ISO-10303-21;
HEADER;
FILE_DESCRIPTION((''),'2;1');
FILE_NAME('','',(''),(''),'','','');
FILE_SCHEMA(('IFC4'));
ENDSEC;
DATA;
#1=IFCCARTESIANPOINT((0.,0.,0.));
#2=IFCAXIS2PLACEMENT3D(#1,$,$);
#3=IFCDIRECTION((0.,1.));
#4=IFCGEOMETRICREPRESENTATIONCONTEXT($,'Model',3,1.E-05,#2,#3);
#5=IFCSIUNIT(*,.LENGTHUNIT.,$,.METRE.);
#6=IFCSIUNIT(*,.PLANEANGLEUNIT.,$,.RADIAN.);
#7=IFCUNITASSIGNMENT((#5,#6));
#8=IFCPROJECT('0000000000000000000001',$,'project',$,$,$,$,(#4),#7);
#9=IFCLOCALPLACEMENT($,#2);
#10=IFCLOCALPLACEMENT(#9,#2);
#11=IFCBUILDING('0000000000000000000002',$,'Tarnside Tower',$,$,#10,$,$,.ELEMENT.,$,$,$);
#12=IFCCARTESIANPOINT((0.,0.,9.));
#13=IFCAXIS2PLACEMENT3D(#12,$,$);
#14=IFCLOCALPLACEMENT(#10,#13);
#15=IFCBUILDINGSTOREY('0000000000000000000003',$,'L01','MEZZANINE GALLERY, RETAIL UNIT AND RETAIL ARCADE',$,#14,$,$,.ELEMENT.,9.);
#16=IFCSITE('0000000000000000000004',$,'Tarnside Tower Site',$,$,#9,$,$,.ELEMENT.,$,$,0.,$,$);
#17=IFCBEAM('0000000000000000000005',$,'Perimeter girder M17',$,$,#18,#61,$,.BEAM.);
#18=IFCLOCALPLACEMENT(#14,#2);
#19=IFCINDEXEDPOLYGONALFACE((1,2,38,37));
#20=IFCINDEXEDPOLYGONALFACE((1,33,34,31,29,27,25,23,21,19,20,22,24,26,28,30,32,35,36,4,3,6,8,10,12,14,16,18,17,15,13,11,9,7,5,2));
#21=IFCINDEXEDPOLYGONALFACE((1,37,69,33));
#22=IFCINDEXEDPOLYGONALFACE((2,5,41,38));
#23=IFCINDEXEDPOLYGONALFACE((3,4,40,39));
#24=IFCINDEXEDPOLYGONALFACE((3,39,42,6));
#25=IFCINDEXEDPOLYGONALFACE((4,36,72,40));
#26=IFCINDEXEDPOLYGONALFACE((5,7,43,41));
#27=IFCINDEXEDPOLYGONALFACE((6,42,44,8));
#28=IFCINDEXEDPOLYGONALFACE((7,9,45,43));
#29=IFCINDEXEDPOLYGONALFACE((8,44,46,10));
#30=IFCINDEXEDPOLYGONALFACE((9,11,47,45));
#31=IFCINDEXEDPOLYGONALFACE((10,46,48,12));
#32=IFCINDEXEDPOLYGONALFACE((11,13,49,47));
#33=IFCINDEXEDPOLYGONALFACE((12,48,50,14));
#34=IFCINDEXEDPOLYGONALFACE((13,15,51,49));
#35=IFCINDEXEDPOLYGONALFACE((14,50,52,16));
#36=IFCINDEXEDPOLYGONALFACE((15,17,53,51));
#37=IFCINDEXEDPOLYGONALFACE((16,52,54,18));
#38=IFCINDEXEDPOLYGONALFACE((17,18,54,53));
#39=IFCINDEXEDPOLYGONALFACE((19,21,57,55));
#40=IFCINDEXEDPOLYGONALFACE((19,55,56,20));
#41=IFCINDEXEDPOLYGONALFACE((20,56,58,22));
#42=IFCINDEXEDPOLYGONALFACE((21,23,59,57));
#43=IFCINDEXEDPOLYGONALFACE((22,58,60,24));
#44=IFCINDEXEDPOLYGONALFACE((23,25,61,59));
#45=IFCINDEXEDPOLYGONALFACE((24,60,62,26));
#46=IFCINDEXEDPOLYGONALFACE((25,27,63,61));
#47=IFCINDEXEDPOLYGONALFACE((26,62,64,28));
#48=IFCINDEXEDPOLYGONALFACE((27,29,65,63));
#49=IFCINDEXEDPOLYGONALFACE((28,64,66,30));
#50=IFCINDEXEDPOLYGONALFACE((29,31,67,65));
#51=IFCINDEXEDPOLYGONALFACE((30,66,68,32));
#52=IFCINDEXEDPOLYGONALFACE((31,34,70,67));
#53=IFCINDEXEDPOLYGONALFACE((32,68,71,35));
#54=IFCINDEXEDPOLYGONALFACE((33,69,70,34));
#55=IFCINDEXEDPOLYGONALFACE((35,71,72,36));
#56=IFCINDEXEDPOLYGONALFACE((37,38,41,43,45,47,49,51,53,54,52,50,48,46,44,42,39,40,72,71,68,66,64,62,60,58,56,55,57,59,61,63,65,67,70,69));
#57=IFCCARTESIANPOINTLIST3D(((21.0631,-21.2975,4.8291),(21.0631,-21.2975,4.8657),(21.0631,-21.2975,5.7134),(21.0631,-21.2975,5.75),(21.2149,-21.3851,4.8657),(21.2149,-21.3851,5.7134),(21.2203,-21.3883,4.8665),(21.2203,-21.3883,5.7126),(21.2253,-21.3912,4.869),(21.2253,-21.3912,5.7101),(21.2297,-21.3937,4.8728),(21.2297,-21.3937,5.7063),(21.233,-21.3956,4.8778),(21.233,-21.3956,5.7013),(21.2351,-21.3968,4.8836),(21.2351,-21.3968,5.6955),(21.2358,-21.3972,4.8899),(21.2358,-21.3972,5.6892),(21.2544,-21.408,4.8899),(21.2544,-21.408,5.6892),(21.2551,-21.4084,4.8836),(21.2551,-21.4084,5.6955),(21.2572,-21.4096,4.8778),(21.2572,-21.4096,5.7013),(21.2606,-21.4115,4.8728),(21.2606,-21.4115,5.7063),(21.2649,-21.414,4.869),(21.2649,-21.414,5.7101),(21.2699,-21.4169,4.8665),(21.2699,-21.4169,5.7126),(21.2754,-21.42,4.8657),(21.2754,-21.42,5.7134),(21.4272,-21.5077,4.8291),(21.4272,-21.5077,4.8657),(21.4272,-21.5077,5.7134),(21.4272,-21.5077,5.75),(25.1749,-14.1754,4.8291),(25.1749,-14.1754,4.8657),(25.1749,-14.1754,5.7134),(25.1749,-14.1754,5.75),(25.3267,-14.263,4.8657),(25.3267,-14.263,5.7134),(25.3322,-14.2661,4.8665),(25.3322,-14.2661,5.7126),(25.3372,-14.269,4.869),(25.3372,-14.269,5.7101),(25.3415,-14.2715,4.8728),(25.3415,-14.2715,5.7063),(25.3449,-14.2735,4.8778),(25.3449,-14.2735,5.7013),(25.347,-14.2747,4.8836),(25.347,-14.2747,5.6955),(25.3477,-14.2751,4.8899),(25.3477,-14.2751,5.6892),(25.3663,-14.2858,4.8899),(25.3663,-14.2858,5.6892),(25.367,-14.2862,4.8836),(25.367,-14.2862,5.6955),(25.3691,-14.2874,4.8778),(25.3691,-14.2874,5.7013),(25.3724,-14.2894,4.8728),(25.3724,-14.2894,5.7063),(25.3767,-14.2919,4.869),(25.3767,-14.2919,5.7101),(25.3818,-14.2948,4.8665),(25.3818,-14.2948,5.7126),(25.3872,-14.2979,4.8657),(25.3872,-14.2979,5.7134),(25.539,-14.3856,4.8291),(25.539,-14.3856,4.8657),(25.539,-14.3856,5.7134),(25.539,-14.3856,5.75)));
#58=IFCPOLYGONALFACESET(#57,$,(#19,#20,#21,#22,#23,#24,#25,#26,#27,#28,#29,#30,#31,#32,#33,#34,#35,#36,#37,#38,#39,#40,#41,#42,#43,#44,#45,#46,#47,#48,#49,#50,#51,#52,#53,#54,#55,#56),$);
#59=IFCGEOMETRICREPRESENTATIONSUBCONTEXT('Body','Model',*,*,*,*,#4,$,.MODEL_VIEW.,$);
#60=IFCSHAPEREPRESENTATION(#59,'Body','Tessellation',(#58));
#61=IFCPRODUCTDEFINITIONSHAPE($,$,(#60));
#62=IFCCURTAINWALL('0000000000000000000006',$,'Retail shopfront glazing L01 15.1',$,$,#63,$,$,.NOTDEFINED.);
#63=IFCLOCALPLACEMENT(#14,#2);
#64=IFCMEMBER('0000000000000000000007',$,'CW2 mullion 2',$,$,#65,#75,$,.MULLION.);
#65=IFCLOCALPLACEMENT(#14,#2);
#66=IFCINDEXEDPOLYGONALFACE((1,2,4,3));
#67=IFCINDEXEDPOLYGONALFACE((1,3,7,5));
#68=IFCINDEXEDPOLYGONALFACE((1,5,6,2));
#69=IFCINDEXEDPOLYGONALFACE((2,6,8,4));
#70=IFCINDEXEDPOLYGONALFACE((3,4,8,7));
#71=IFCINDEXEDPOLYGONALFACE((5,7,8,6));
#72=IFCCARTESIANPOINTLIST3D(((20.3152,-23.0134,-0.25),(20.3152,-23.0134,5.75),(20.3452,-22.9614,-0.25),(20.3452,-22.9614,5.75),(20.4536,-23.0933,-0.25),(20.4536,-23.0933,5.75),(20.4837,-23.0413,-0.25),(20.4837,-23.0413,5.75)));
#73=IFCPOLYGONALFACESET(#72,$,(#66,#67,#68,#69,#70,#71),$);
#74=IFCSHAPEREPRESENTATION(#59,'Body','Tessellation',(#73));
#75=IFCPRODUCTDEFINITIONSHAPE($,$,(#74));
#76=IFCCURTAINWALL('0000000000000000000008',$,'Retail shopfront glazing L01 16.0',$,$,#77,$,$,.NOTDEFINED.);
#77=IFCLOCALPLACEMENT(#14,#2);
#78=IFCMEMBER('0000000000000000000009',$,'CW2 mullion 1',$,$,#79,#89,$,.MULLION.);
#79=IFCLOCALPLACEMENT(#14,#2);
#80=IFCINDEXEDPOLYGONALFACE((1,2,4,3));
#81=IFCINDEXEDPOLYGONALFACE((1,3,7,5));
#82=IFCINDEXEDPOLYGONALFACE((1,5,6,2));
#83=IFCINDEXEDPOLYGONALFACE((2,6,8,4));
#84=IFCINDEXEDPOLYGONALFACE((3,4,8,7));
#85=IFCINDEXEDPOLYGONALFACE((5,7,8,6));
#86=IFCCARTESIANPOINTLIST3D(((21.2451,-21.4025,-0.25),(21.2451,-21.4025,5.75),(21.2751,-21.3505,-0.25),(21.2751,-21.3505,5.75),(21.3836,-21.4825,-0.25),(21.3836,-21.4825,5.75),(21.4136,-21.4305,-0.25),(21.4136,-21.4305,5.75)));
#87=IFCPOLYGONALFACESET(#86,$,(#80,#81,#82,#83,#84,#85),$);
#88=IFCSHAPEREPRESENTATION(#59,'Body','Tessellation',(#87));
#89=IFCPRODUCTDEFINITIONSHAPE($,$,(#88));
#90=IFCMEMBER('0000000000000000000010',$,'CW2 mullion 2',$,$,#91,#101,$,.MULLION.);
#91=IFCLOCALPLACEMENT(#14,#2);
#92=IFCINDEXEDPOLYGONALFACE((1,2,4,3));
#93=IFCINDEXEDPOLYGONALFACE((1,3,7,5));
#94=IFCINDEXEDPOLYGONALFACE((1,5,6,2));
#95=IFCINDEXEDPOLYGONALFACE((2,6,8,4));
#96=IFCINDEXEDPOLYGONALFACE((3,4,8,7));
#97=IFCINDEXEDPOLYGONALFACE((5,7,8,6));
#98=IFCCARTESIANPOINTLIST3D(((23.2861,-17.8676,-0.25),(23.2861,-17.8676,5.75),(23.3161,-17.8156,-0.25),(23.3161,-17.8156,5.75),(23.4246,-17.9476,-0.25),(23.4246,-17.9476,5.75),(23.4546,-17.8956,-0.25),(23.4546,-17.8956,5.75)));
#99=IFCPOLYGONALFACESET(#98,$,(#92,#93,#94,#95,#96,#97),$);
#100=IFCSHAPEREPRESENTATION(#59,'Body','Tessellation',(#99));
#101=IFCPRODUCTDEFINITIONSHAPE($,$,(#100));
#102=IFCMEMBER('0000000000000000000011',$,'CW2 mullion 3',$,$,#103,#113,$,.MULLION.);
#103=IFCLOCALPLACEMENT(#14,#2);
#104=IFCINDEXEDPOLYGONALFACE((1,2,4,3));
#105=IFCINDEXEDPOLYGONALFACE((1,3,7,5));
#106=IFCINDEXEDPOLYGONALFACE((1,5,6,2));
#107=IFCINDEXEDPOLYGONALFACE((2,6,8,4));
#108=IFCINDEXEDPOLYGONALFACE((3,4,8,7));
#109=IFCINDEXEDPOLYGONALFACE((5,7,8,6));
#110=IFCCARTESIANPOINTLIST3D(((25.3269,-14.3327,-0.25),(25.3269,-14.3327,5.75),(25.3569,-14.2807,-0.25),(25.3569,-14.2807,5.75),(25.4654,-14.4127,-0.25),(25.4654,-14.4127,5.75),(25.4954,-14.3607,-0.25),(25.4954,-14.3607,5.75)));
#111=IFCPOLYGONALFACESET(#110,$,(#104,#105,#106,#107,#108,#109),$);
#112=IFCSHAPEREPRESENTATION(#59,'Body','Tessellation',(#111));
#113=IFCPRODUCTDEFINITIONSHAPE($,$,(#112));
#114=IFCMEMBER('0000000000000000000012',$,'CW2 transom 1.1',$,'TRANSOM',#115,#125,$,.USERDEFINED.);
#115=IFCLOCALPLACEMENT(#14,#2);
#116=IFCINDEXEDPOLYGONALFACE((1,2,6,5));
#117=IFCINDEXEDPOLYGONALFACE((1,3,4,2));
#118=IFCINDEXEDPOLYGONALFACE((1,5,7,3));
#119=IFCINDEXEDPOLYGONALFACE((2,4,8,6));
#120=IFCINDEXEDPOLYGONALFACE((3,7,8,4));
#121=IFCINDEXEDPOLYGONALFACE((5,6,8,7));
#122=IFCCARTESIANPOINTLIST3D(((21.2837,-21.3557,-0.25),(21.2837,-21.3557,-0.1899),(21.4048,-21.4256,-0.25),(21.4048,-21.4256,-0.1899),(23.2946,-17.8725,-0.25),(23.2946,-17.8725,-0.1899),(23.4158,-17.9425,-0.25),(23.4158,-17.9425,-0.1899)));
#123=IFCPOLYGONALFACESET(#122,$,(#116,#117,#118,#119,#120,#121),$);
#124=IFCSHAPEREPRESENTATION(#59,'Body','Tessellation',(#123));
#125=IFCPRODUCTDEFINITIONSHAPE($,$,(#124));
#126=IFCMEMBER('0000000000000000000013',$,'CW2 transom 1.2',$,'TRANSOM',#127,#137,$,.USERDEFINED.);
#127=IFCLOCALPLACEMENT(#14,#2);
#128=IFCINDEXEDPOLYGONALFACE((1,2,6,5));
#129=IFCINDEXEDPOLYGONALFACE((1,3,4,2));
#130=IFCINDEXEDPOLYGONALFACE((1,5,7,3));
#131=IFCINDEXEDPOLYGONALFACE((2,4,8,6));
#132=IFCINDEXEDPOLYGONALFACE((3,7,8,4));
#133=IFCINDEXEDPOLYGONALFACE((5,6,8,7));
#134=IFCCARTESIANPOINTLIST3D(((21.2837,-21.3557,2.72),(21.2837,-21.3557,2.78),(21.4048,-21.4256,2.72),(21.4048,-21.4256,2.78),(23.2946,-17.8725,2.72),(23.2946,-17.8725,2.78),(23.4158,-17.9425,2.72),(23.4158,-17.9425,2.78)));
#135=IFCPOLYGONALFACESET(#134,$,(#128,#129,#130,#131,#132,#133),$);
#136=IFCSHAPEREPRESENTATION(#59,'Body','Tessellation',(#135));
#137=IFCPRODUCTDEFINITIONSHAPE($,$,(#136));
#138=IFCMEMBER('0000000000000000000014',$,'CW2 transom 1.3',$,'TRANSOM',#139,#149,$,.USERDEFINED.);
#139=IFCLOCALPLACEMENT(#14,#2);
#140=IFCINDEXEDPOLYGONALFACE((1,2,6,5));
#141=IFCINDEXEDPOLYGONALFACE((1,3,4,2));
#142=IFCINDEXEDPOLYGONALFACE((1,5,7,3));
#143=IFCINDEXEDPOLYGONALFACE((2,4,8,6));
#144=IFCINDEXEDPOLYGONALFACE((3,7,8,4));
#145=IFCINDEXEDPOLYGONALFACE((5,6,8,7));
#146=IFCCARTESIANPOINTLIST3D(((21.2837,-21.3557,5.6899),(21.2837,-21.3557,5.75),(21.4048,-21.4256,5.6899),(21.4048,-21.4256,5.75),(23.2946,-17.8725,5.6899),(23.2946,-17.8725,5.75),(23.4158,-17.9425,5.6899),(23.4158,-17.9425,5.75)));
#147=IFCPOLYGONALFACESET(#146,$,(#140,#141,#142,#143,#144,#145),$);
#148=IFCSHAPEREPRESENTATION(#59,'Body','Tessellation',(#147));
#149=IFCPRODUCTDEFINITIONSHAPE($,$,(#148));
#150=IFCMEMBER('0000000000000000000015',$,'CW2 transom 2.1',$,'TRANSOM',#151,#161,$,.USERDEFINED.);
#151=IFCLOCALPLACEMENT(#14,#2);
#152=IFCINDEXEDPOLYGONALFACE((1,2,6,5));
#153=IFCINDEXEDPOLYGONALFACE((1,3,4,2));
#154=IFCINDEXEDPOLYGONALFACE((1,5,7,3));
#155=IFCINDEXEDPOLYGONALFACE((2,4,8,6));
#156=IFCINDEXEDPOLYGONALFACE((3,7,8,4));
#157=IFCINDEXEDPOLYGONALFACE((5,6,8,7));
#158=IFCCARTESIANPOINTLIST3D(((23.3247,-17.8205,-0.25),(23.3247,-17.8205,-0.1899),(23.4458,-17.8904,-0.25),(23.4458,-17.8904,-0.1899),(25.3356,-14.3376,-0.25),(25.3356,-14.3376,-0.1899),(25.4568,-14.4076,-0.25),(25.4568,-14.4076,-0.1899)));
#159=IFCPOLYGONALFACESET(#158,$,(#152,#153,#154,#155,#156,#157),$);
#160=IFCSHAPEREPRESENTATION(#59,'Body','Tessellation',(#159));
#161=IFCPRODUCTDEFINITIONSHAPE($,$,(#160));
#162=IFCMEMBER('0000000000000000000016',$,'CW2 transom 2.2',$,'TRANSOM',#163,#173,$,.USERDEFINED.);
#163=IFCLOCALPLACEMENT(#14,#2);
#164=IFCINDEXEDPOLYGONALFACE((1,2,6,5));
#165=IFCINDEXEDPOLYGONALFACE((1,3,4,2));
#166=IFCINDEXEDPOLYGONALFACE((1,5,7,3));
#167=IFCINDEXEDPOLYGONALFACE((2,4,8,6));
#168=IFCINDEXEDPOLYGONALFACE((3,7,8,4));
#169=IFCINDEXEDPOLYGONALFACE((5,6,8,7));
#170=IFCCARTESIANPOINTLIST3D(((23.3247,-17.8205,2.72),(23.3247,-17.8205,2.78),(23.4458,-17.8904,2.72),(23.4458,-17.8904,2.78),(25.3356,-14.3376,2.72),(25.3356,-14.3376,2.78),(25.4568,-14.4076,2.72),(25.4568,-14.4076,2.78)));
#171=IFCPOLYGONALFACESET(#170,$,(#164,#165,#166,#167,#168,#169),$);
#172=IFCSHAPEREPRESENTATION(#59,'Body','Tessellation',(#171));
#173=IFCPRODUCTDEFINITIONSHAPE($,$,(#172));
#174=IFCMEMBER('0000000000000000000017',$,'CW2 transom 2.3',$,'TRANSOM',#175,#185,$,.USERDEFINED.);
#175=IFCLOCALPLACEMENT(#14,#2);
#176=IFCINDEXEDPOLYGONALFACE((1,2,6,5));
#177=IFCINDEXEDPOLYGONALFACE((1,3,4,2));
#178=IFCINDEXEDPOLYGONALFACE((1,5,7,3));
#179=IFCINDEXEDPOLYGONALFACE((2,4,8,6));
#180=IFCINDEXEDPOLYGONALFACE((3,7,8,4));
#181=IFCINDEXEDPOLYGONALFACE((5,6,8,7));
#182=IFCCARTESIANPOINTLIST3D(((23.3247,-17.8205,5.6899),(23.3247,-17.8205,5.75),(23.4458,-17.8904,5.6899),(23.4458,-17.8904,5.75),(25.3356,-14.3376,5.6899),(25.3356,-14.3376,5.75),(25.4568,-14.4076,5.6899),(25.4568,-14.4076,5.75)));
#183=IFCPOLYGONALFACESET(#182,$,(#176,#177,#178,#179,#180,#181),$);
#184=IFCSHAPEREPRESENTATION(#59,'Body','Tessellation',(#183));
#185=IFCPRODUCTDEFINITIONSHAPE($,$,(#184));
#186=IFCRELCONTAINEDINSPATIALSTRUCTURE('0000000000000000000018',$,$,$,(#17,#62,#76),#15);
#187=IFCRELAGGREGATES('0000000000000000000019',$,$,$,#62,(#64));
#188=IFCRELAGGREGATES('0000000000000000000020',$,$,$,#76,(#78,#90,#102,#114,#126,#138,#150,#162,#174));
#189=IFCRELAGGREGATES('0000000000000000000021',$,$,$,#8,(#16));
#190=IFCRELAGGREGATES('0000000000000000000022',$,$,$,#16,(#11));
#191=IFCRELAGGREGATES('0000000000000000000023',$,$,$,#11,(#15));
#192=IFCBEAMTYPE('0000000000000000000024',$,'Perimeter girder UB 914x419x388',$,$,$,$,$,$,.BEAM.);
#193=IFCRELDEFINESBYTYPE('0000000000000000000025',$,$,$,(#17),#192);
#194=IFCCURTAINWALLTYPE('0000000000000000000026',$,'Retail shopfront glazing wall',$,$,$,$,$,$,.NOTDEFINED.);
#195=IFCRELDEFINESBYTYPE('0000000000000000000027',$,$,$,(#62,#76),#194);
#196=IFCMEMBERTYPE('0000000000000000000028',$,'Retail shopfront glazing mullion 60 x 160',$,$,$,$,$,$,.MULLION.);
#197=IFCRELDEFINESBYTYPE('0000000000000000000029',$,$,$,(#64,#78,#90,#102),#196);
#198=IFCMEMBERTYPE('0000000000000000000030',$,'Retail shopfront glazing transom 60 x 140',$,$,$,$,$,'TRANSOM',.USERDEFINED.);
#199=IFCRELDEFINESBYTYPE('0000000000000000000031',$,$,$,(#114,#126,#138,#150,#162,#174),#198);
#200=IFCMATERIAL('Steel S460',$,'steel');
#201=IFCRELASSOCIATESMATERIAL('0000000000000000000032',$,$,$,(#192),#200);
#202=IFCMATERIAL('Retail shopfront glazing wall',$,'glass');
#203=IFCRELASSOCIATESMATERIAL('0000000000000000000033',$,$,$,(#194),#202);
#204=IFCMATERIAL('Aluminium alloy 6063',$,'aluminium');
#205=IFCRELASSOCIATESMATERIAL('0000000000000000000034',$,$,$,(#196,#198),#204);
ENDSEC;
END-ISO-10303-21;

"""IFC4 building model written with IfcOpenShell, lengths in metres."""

from ifc_helpers import new_model, si_unit, direction, frame, origin, origin_2d, place, context, subcontext, project, spatial, rectangle, i_section, extrude, material, material_profile, profile_set, type_object, element, aggregate, save


model = new_model("IFC4")

# Units and contexts
model_context = context("Model", 3, precision=1e-05, world=origin(), true_north=direction((0.0, 1.0)))
body_context = subcontext(model_context, "Body", "Model", "MODEL_VIEW")
ifc_project = project(units=[si_unit("LENGTHUNIT", "METRE"), si_unit("PLANEANGLEUNIT", "RADIAN")], contexts=[model_context])

# Site, building, storey
site_placement = place(None, origin())
site = spatial("IfcSite", under=ifc_project, at=site_placement, Name="Tarnside Tower Site", CompositionType="ELEMENT", RefElevation=0.0)
building_placement = place(site_placement, origin())
building = spatial("IfcBuilding", under=site, at=building_placement, Name="Tarnside Tower", CompositionType="ELEMENT")
storey_placement = place(building_placement, frame((0.0, 0.0, 9.0)))
storey = spatial("IfcBuildingStorey", under=building, at=storey_placement, Name="L01", Description="MEZZANINE GALLERY, RETAIL UNIT AND RETAIL ARCADE", CompositionType="ELEMENT", Elevation=9.0)

# Beam
ifc_material_1 = material(Name="Steel S460", Category="steel")
ifc_material_profile_1 = material_profile(ifc_material_1, i_section(OverallWidth=0.4204, OverallDepth=0.9209, WebThickness=0.0215, FlangeThickness=0.0366, FilletRadius=0.0242, at=origin_2d()), Name="UB 914x419x388")
ifc_profile_set_1 = profile_set([ifc_material_profile_1], Name="Steel S460")
beam_type_1 = type_object("IfcBeamType", Name="Perimeter girder UB 914x419x388", PredefinedType="BEAM", material=ifc_profile_set_1)
beam_1_placement = place(storey_placement, frame((21.2451, -21.4026, 5.2896), z_axis=(0.49999, 0.866031, 0.0), x_axis=(-0.866031, 0.49999, 0.0)))
element("IfcBeam", 1, at=beam_1_placement, inside=storey, type_object=beam_type_1, Name="Perimeter girder M17", PredefinedType="BEAM", context=body_context, shape_type="SweptSolid", body=[
    extrude(i_section(OverallWidth=0.4204, OverallDepth=0.9209, WebThickness=0.0215, FlangeThickness=0.0366, FilletRadius=0.0242, at=origin_2d()), origin(), (0.0, 0.0, 1.0), 8.2239),
])

# Curtain wall, member
ifc_material_2 = material(Name="Retail shopfront glazing wall", Category="glass")
curtain_wall_type = type_object("IfcCurtainWallType", Name="Retail shopfront glazing wall", PredefinedType="NOTDEFINED", material=ifc_material_2)
curtain_wall_1_placement = place(storey_placement, origin())
curtain_wall_1 = element("IfcCurtainWall", 2, at=curtain_wall_1_placement, inside=storey, type_object=curtain_wall_type, Name="Retail shopfront glazing L01 15.1", PredefinedType="NOTDEFINED")
ifc_material_3 = material(Name="Aluminium alloy 6063", Category="aluminium")
ifc_material_profile_2 = material_profile(ifc_material_3, rectangle(XDim=0.1599, YDim=0.0601, at=origin_2d()), Name="Retail shopfront glazing mullion 60 x 160")
ifc_profile_set_2 = profile_set([ifc_material_profile_2], Name="Aluminium alloy 6063")
member_type_1 = type_object("IfcMemberType", Name="Retail shopfront glazing mullion 60 x 160", PredefinedType="MULLION", material=ifc_profile_set_2)
member_1_placement = place(storey_placement, frame((20.3994, -23.0273, -0.25), z_axis=(0.0, 0.0, 1.0), x_axis=(-0.866025, 0.5, 0.0)))
member_1 = element("IfcMember", 3, at=member_1_placement, type_object=member_type_1, Name="CW2 mullion 2", PredefinedType="MULLION", context=body_context, shape_type="SweptSolid", body=[
    extrude(rectangle(XDim=0.1599, YDim=0.0601, at=origin_2d()), origin(), (0.0, 0.0, 1.0), 6.0),
])

# Curtain wall, members
curtain_wall_2_placement = place(storey_placement, origin())
curtain_wall_2 = element("IfcCurtainWall", 4, at=curtain_wall_2_placement, inside=storey, type_object=curtain_wall_type, Name="Retail shopfront glazing L01 16.0", PredefinedType="NOTDEFINED")
member_2_placement = place(storey_placement, frame((21.3293, -21.4165, -0.25), z_axis=(0.0, 0.0, 1.0), x_axis=(-0.866025, 0.5, 0.0)))
member_2 = element("IfcMember", 5, at=member_2_placement, type_object=member_type_1, Name="CW2 mullion 1", PredefinedType="MULLION", context=body_context, shape_type="SweptSolid", body=[
    extrude(rectangle(XDim=0.1599, YDim=0.0601, at=origin_2d()), origin(), (0.0, 0.0, 1.0), 6.0),
])
member_3_placement = place(storey_placement, frame((23.3704, -17.8816, -0.25), z_axis=(0.0, 0.0, 1.0), x_axis=(-0.866025, 0.5, 0.0)))
member_3 = element("IfcMember", 6, at=member_3_placement, type_object=member_type_1, Name="CW2 mullion 2", PredefinedType="MULLION", context=body_context, shape_type="SweptSolid", body=[
    extrude(rectangle(XDim=0.1599, YDim=0.0601, at=origin_2d()), origin(), (0.0, 0.0, 1.0), 6.0),
])
member_4_placement = place(storey_placement, frame((25.4111, -14.3467, -0.25), z_axis=(0.0, 0.0, 1.0), x_axis=(-0.866025, 0.5, 0.0)))
member_4 = element("IfcMember", 7, at=member_4_placement, type_object=member_type_1, Name="CW2 mullion 3", PredefinedType="MULLION", context=body_context, shape_type="SweptSolid", body=[
    extrude(rectangle(XDim=0.1599, YDim=0.0601, at=origin_2d()), origin(), (0.0, 0.0, 1.0), 6.0),
])
ifc_material_profile_3 = material_profile(ifc_material_3, rectangle(XDim=0.1399, YDim=0.0601, at=origin_2d()), Name="Retail shopfront glazing transom 60 x 140")
ifc_profile_set_3 = profile_set([ifc_material_profile_3], Name="Aluminium alloy 6063")
member_type_2 = type_object("IfcMemberType", Name="Retail shopfront glazing transom 60 x 140", ElementType="TRANSOM", PredefinedType="USERDEFINED", material=ifc_profile_set_3)
member_5_placement = place(storey_placement, frame((21.3442, -21.3906, -0.22), z_axis=(0.499997, 0.866027, 0.0), x_axis=(-0.866027, 0.499997, 0.0)))
member_5 = element("IfcMember", 8, at=member_5_placement, type_object=member_type_2, Name="CW2 transom 1.1", ObjectType="TRANSOM", PredefinedType="USERDEFINED", context=body_context, shape_type="SweptSolid", body=[
    extrude(rectangle(XDim=0.1399, YDim=0.0601, at=origin_2d()), origin(), (0.0, 0.0, 1.0), 4.022),
])
member_6_placement = place(storey_placement, frame((21.3442, -21.3906, 2.75), z_axis=(0.499997, 0.866027, 0.0), x_axis=(-0.866027, 0.499997, 0.0)))
member_6 = element("IfcMember", 9, at=member_6_placement, type_object=member_type_2, Name="CW2 transom 1.2", ObjectType="TRANSOM", PredefinedType="USERDEFINED", context=body_context, shape_type="SweptSolid", body=[
    extrude(rectangle(XDim=0.1399, YDim=0.0601, at=origin_2d()), origin(), (0.0, 0.0, 1.0), 4.022),
])
member_7_placement = place(storey_placement, frame((21.3442, -21.3906, 5.72), z_axis=(0.499997, 0.866027, 0.0), x_axis=(-0.866027, 0.499997, 0.0)))
member_7 = element("IfcMember", 10, at=member_7_placement, type_object=member_type_2, Name="CW2 transom 1.3", ObjectType="TRANSOM", PredefinedType="USERDEFINED", context=body_context, shape_type="SweptSolid", body=[
    extrude(rectangle(XDim=0.1399, YDim=0.0601, at=origin_2d()), origin(), (0.0, 0.0, 1.0), 4.022),
])
member_8_placement = place(storey_placement, frame((23.3853, -17.8555, -0.22), z_axis=(0.500024, 0.866012, 0.0), x_axis=(-0.866012, 0.500024, 0.0)))
member_8 = element("IfcMember", 11, at=member_8_placement, type_object=member_type_2, Name="CW2 transom 2.1", ObjectType="TRANSOM", PredefinedType="USERDEFINED", context=body_context, shape_type="SweptSolid", body=[
    extrude(rectangle(XDim=0.1399, YDim=0.0601, at=origin_2d()), origin(), (0.0, 0.0, 1.0), 4.0217),
])
member_9_placement = place(storey_placement, frame((23.3853, -17.8555, 2.75), z_axis=(0.500024, 0.866012, 0.0), x_axis=(-0.866012, 0.500024, 0.0)))
member_9 = element("IfcMember", 12, at=member_9_placement, type_object=member_type_2, Name="CW2 transom 2.2", ObjectType="TRANSOM", PredefinedType="USERDEFINED", context=body_context, shape_type="SweptSolid", body=[
    extrude(rectangle(XDim=0.1399, YDim=0.0601, at=origin_2d()), origin(), (0.0, 0.0, 1.0), 4.0217),
])
member_10_placement = place(storey_placement, frame((23.3853, -17.8555, 5.72), z_axis=(0.500024, 0.866012, 0.0), x_axis=(-0.866012, 0.500024, 0.0)))
member_10 = element("IfcMember", 13, at=member_10_placement, type_object=member_type_2, Name="CW2 transom 2.3", ObjectType="TRANSOM", PredefinedType="USERDEFINED", context=body_context, shape_type="SweptSolid", body=[
    extrude(rectangle(XDim=0.1399, YDim=0.0601, at=origin_2d()), origin(), (0.0, 0.0, 1.0), 4.0217),
])

aggregate(curtain_wall_1, [member_1])
aggregate(curtain_wall_2, [member_2, member_3, member_4, member_5, member_6, member_7, member_8, member_9, member_10])

save(model, "model.ifc")
